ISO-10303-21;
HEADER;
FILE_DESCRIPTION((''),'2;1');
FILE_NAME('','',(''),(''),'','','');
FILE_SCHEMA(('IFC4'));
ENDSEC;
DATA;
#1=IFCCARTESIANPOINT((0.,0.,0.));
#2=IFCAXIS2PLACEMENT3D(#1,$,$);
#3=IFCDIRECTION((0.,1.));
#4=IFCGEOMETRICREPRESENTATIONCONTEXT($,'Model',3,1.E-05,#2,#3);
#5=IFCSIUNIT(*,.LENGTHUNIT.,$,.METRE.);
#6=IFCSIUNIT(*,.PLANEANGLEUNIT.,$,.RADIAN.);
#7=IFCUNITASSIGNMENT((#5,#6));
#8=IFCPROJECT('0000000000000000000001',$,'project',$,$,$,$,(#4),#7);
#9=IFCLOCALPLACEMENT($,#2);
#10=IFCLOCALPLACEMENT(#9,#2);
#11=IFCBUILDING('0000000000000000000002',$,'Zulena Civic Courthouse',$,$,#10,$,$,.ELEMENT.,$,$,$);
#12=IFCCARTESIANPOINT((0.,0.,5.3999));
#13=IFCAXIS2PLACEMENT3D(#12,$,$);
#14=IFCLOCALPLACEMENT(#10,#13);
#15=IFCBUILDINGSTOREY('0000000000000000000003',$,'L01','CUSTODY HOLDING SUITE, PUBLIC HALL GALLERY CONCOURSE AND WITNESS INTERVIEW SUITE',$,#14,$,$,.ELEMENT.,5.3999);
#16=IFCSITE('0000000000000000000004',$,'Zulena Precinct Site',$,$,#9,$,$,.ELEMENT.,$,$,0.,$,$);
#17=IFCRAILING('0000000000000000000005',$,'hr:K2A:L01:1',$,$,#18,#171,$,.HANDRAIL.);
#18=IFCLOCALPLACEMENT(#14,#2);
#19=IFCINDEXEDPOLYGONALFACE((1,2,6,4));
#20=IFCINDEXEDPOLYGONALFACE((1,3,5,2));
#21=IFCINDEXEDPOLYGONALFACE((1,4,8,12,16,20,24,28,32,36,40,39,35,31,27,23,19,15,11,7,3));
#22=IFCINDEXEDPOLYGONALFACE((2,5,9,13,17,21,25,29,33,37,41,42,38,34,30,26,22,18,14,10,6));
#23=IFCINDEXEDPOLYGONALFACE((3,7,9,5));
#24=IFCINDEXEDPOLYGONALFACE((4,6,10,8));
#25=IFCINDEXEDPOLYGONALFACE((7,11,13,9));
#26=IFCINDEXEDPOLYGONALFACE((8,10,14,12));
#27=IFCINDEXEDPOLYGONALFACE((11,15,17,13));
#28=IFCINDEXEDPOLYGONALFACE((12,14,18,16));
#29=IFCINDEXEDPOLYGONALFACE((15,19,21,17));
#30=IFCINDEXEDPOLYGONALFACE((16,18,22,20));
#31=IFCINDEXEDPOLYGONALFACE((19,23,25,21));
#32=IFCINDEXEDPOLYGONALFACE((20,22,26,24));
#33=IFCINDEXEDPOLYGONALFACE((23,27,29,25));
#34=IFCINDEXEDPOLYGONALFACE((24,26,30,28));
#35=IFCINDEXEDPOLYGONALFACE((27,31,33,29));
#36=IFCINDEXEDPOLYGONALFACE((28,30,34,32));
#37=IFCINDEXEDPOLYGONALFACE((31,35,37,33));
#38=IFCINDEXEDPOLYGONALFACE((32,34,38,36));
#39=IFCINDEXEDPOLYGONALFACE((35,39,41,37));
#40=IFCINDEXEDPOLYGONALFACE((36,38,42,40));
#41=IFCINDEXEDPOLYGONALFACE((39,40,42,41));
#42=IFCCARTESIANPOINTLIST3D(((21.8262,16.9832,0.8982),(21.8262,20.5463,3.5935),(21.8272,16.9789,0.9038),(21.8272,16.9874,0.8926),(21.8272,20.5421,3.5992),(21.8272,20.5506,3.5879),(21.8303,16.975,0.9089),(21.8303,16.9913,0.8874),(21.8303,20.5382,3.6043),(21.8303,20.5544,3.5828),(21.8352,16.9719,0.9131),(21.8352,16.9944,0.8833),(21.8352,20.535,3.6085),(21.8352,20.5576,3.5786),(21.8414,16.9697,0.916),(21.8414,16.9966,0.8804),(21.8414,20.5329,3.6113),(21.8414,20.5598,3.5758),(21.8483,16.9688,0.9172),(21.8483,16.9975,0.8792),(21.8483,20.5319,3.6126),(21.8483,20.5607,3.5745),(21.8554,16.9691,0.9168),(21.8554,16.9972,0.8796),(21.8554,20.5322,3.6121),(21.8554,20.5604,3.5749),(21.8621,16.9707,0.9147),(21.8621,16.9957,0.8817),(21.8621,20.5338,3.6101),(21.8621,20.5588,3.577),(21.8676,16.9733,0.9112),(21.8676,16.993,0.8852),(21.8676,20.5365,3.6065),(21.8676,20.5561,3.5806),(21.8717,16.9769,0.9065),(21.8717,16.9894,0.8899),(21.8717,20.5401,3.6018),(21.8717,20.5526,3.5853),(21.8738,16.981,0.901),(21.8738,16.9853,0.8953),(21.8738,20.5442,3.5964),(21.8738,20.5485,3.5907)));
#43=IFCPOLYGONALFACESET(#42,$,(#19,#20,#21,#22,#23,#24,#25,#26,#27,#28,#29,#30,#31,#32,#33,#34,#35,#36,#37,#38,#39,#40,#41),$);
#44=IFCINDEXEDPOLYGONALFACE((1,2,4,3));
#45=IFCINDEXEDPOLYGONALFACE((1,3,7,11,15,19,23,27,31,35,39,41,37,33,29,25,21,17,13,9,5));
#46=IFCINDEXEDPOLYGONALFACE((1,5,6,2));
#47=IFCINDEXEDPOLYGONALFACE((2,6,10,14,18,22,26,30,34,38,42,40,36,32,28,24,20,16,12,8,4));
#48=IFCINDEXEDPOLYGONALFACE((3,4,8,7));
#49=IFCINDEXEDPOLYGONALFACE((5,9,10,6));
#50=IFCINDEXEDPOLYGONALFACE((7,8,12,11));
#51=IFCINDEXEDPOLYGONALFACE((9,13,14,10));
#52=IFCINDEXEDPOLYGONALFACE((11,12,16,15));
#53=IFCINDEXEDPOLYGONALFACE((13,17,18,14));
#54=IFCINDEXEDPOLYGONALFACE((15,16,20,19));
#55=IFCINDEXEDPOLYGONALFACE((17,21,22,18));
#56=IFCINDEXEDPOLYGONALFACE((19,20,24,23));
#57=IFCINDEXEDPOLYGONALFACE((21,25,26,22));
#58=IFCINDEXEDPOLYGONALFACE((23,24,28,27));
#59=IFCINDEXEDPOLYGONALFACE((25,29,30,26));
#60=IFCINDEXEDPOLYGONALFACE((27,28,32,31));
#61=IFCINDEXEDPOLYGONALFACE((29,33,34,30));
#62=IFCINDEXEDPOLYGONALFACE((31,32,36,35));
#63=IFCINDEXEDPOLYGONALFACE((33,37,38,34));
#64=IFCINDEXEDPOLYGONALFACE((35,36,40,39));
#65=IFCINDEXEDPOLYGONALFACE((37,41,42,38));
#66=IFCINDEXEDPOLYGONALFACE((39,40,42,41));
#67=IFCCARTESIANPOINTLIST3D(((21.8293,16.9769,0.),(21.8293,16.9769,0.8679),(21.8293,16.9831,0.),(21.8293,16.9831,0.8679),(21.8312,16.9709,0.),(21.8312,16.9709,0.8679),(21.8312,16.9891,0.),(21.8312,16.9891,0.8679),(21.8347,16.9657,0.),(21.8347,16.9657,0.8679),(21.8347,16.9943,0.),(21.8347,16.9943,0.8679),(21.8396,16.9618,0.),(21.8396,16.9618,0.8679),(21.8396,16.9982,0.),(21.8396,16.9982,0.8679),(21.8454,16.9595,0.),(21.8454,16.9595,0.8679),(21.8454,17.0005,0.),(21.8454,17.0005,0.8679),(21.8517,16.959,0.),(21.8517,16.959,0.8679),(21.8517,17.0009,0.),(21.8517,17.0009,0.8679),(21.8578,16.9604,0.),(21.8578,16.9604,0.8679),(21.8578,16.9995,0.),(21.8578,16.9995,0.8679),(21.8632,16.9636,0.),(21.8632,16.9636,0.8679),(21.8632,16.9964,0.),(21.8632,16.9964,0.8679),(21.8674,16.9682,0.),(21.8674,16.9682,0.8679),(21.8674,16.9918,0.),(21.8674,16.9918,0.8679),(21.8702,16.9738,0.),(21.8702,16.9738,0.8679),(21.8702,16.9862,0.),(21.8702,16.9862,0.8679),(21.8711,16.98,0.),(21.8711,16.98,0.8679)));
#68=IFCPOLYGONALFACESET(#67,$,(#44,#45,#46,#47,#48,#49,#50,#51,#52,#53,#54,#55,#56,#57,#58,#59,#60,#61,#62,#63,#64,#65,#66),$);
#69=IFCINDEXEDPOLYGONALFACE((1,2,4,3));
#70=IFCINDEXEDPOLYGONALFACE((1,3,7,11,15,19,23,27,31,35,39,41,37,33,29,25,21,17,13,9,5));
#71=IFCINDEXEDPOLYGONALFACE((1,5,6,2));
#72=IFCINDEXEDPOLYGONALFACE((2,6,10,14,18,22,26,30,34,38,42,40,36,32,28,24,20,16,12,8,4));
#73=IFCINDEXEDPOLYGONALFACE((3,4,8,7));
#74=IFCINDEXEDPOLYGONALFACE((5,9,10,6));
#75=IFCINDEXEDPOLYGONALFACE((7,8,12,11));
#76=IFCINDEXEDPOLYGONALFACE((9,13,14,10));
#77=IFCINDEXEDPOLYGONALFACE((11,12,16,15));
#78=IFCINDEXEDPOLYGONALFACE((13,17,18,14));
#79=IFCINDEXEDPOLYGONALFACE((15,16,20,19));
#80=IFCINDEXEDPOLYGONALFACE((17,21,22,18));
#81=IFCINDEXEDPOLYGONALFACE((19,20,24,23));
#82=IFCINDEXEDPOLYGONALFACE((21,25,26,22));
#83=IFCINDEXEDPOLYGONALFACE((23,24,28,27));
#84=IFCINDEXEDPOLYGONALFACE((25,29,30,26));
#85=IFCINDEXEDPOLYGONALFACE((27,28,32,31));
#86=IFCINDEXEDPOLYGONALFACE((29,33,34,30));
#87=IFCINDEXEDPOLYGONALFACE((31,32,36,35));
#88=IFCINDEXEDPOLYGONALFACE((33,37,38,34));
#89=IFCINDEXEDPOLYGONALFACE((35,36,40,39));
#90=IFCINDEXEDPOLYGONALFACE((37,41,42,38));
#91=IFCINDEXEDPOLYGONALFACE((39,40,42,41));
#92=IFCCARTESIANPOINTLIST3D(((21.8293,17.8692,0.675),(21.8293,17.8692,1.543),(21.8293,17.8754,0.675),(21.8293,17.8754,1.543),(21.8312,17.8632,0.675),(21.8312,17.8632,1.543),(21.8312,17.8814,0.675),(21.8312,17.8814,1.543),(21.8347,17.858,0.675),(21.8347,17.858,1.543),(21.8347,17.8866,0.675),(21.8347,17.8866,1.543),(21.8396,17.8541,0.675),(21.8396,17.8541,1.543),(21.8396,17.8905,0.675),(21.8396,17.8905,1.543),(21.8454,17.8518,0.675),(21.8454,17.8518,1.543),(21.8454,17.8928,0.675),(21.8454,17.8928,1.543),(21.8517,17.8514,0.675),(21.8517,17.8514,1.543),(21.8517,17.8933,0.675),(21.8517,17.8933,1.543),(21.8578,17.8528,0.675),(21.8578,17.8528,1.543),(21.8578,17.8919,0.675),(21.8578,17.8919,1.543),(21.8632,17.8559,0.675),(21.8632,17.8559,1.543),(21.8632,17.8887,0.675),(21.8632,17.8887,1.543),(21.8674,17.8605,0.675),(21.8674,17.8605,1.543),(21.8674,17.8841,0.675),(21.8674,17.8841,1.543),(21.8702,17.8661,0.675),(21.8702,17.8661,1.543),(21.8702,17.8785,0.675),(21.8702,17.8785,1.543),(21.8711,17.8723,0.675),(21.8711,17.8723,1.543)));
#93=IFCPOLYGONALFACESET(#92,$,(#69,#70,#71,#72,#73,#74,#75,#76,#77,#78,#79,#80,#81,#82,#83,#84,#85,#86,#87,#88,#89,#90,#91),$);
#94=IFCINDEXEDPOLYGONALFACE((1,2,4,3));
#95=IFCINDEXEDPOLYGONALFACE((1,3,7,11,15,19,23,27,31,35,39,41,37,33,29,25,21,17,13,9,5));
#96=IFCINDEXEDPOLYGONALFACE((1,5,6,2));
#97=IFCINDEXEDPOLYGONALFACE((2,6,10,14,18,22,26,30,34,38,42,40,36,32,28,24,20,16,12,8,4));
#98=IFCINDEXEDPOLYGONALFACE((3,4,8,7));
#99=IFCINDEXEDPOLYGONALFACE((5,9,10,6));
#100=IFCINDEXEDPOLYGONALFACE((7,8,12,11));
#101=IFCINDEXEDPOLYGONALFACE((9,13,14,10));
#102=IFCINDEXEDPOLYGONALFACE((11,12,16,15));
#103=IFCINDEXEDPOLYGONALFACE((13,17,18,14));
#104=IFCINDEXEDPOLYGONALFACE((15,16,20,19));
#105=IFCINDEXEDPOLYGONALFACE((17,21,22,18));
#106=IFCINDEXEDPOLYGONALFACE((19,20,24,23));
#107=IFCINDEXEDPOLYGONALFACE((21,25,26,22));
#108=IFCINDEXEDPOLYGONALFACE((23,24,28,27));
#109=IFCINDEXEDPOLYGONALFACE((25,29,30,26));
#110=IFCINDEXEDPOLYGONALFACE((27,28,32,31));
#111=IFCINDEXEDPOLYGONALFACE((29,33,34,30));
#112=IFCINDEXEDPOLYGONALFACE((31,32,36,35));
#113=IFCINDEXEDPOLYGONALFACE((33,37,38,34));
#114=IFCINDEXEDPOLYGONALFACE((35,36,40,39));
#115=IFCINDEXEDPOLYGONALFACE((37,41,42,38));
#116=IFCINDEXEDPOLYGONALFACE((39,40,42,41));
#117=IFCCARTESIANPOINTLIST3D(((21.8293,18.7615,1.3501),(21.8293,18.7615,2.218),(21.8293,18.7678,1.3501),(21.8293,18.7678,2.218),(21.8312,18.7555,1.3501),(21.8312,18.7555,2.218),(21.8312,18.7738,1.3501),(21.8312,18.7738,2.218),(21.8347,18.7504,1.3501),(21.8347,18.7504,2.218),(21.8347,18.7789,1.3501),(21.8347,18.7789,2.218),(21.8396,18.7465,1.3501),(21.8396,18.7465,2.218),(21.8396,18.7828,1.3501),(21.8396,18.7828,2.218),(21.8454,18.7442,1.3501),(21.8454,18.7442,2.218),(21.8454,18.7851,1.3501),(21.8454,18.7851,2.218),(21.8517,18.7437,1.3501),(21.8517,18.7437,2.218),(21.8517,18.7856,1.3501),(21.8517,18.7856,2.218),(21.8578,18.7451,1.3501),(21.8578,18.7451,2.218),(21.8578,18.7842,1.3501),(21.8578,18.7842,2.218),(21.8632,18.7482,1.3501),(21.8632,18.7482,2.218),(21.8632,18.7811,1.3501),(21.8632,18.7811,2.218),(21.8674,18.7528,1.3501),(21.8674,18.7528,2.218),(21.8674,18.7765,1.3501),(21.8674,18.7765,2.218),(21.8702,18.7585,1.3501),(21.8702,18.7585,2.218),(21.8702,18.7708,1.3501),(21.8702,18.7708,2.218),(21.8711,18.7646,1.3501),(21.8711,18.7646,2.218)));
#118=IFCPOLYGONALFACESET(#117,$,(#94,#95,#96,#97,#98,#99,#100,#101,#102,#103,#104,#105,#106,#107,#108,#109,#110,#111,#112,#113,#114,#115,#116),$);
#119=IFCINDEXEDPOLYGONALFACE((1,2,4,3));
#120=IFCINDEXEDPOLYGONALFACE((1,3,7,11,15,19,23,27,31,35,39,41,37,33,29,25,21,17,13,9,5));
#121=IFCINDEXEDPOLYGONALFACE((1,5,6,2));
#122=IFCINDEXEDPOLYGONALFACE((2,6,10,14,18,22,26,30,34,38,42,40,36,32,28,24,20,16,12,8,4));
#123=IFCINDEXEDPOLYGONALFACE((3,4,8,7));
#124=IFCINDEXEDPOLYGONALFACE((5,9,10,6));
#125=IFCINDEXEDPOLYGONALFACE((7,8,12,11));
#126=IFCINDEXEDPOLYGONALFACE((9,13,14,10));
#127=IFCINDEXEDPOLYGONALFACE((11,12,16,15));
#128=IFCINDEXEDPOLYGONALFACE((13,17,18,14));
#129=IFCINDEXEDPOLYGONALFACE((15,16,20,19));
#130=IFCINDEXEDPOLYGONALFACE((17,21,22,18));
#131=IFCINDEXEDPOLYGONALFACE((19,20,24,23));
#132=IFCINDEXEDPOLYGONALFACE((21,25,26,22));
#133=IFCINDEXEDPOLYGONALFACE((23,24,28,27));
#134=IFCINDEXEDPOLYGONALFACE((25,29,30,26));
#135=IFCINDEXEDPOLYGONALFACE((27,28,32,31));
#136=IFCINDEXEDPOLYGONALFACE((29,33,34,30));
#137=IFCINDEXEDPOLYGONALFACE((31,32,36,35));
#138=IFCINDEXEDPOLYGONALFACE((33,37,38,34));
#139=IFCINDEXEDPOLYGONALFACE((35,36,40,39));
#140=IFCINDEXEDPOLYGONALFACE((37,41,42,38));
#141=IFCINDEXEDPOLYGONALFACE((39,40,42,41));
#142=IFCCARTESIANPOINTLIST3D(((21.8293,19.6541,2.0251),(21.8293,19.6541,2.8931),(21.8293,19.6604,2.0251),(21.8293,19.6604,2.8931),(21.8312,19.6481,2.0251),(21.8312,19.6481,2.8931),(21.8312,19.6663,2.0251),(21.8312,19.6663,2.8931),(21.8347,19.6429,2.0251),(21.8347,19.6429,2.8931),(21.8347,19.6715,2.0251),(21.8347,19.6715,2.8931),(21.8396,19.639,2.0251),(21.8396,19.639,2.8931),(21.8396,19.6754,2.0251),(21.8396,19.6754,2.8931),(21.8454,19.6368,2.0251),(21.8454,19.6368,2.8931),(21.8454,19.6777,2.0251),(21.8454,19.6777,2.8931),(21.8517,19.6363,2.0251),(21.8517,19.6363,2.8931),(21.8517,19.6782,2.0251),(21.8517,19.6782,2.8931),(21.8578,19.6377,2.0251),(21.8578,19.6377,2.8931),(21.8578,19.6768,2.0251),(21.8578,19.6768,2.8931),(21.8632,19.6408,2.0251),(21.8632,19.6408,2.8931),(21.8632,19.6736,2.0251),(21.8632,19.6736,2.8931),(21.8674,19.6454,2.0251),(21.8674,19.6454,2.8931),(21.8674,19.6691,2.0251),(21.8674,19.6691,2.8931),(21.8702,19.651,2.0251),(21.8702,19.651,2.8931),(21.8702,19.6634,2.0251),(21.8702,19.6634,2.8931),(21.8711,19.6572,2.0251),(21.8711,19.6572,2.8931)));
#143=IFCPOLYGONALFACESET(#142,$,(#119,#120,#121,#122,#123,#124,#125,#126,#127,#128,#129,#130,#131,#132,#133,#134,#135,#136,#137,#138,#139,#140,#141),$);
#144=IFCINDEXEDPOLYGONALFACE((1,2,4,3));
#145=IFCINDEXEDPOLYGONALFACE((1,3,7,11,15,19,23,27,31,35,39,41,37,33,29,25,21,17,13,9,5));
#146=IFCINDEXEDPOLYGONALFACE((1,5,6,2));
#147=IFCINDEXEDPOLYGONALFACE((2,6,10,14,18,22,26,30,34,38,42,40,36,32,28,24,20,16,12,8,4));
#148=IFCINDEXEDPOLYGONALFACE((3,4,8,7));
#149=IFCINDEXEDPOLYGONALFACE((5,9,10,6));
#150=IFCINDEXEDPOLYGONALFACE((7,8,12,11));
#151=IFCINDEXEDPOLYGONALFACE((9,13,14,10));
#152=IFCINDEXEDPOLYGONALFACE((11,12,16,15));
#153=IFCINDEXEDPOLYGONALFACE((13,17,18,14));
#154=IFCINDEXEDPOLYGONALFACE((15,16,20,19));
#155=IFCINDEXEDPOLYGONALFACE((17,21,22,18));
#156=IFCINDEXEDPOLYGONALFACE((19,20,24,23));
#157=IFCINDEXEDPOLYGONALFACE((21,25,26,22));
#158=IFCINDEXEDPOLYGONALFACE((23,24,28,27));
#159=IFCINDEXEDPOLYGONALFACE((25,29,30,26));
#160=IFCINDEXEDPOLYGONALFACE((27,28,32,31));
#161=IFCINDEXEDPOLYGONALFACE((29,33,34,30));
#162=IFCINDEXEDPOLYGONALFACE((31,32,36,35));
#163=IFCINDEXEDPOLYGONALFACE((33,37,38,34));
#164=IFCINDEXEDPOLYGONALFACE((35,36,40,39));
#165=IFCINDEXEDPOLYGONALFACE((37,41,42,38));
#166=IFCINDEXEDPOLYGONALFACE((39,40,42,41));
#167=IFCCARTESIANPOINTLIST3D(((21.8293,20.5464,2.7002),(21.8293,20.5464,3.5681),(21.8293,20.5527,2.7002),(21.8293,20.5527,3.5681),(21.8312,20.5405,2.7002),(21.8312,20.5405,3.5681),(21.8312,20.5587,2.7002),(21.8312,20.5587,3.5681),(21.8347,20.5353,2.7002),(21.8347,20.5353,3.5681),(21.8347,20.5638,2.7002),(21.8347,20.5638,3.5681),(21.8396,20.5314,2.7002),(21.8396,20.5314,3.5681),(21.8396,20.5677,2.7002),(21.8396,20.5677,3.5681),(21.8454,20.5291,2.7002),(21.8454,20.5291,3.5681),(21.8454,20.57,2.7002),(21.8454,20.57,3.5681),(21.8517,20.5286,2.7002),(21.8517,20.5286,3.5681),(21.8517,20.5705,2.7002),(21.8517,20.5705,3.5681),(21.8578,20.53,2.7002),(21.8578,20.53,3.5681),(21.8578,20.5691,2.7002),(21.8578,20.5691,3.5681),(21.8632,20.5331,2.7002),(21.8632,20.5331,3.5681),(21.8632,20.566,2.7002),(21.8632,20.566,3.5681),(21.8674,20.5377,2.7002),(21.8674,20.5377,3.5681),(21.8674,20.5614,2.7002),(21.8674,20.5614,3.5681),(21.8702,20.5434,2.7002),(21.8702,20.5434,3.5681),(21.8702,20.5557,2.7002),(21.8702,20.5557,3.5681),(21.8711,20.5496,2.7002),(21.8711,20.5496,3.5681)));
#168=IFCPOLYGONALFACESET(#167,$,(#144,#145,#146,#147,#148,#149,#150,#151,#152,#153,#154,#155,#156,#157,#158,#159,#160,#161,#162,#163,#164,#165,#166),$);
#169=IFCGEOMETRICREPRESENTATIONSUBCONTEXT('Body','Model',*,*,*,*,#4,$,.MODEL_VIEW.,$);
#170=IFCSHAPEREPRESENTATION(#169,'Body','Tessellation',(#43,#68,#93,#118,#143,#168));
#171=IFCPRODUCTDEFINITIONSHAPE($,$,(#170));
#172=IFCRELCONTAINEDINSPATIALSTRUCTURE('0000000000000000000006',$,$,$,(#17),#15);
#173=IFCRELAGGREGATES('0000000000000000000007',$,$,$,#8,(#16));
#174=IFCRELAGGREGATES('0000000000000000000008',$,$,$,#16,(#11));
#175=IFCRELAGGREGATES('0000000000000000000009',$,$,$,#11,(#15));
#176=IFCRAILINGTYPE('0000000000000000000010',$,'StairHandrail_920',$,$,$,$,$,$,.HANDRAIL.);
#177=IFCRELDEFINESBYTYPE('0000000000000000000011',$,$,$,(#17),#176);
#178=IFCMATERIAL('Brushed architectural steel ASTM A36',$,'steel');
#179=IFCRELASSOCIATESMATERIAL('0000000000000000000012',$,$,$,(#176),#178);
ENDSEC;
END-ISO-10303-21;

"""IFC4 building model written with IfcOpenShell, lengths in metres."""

from ifc_helpers import new_model, si_unit, direction, frame, origin, origin_2d, place, context, subcontext, project, spatial, circle, extrude, material, type_object, element, save


model = new_model("IFC4")

# Units and contexts
model_context = context("Model", 3, precision=1e-05, world=origin(), true_north=direction((0.0, 1.0)))
body_context = subcontext(model_context, "Body", "Model", "MODEL_VIEW")
ifc_project = project(units=[si_unit("LENGTHUNIT", "METRE"), si_unit("PLANEANGLEUNIT", "RADIAN")], contexts=[model_context])

# Site, building, storey
site_placement = place(None, origin())
site = spatial("IfcSite", under=ifc_project, at=site_placement, Name="Zulena Precinct Site", CompositionType="ELEMENT", RefElevation=0.0)
building_placement = place(site_placement, origin())
building = spatial("IfcBuilding", under=site, at=building_placement, Name="Zulena Civic Courthouse", CompositionType="ELEMENT")
storey_placement = place(building_placement, frame((0.0, 0.0, 5.3999)))
storey = spatial("IfcBuildingStorey", under=building, at=storey_placement, Name="L01", Description="CUSTODY HOLDING SUITE, PUBLIC HALL GALLERY CONCOURSE AND WITNESS INTERVIEW SUITE", CompositionType="ELEMENT", Elevation=5.3999)

# Shared definitions
ifc_material_1 = material(Name="Brushed architectural steel ASTM A36", Category="steel")

# Railing
railing_type_1 = type_object("IfcRailingType", Name="StairHandrail_920", PredefinedType="HANDRAIL", material=ifc_material_1)
railing_1_placement = place(storey_placement, frame((21.8501, 16.98, 0.0)))
element("IfcRailing", 1, at=railing_1_placement, inside=storey, type_object=railing_type_1, Name="hr:K2A:L01:1", PredefinedType="HANDRAIL", context=body_context, shape_type="SweptSolid", body=[
    extrude(circle(Radius=0.0239, at=origin_2d()), frame((0.0, 0.0032, 0.8982), z_axis=(0.0, 0.797526, 0.603285), x_axis=(-1.0, 0.0, 0.0)), (0.0, 0.0, 1.0), 4.4678),
    extrude(circle(Radius=0.021, at=origin_2d()), origin(), (0.0, 0.0, 1.0), 0.8679),
    extrude(circle(Radius=0.021, at=origin_2d()), frame((0.0, 0.8923, 0.675)), (0.0, 0.0, 1.0), 0.8679),
    extrude(circle(Radius=0.021, at=origin_2d()), frame((0.0, 1.7847, 1.3501)), (0.0, 0.0, 1.0), 0.8679),
    extrude(circle(Radius=0.021, at=origin_2d()), frame((0.0, 2.6772, 2.0251)), (0.0, 0.0, 1.0), 0.8679),
    extrude(circle(Radius=0.021, at=origin_2d()), frame((0.0, 3.5696, 2.7002)), (0.0, 0.0, 1.0), 0.8679),
])

save(model, "model.ifc")
